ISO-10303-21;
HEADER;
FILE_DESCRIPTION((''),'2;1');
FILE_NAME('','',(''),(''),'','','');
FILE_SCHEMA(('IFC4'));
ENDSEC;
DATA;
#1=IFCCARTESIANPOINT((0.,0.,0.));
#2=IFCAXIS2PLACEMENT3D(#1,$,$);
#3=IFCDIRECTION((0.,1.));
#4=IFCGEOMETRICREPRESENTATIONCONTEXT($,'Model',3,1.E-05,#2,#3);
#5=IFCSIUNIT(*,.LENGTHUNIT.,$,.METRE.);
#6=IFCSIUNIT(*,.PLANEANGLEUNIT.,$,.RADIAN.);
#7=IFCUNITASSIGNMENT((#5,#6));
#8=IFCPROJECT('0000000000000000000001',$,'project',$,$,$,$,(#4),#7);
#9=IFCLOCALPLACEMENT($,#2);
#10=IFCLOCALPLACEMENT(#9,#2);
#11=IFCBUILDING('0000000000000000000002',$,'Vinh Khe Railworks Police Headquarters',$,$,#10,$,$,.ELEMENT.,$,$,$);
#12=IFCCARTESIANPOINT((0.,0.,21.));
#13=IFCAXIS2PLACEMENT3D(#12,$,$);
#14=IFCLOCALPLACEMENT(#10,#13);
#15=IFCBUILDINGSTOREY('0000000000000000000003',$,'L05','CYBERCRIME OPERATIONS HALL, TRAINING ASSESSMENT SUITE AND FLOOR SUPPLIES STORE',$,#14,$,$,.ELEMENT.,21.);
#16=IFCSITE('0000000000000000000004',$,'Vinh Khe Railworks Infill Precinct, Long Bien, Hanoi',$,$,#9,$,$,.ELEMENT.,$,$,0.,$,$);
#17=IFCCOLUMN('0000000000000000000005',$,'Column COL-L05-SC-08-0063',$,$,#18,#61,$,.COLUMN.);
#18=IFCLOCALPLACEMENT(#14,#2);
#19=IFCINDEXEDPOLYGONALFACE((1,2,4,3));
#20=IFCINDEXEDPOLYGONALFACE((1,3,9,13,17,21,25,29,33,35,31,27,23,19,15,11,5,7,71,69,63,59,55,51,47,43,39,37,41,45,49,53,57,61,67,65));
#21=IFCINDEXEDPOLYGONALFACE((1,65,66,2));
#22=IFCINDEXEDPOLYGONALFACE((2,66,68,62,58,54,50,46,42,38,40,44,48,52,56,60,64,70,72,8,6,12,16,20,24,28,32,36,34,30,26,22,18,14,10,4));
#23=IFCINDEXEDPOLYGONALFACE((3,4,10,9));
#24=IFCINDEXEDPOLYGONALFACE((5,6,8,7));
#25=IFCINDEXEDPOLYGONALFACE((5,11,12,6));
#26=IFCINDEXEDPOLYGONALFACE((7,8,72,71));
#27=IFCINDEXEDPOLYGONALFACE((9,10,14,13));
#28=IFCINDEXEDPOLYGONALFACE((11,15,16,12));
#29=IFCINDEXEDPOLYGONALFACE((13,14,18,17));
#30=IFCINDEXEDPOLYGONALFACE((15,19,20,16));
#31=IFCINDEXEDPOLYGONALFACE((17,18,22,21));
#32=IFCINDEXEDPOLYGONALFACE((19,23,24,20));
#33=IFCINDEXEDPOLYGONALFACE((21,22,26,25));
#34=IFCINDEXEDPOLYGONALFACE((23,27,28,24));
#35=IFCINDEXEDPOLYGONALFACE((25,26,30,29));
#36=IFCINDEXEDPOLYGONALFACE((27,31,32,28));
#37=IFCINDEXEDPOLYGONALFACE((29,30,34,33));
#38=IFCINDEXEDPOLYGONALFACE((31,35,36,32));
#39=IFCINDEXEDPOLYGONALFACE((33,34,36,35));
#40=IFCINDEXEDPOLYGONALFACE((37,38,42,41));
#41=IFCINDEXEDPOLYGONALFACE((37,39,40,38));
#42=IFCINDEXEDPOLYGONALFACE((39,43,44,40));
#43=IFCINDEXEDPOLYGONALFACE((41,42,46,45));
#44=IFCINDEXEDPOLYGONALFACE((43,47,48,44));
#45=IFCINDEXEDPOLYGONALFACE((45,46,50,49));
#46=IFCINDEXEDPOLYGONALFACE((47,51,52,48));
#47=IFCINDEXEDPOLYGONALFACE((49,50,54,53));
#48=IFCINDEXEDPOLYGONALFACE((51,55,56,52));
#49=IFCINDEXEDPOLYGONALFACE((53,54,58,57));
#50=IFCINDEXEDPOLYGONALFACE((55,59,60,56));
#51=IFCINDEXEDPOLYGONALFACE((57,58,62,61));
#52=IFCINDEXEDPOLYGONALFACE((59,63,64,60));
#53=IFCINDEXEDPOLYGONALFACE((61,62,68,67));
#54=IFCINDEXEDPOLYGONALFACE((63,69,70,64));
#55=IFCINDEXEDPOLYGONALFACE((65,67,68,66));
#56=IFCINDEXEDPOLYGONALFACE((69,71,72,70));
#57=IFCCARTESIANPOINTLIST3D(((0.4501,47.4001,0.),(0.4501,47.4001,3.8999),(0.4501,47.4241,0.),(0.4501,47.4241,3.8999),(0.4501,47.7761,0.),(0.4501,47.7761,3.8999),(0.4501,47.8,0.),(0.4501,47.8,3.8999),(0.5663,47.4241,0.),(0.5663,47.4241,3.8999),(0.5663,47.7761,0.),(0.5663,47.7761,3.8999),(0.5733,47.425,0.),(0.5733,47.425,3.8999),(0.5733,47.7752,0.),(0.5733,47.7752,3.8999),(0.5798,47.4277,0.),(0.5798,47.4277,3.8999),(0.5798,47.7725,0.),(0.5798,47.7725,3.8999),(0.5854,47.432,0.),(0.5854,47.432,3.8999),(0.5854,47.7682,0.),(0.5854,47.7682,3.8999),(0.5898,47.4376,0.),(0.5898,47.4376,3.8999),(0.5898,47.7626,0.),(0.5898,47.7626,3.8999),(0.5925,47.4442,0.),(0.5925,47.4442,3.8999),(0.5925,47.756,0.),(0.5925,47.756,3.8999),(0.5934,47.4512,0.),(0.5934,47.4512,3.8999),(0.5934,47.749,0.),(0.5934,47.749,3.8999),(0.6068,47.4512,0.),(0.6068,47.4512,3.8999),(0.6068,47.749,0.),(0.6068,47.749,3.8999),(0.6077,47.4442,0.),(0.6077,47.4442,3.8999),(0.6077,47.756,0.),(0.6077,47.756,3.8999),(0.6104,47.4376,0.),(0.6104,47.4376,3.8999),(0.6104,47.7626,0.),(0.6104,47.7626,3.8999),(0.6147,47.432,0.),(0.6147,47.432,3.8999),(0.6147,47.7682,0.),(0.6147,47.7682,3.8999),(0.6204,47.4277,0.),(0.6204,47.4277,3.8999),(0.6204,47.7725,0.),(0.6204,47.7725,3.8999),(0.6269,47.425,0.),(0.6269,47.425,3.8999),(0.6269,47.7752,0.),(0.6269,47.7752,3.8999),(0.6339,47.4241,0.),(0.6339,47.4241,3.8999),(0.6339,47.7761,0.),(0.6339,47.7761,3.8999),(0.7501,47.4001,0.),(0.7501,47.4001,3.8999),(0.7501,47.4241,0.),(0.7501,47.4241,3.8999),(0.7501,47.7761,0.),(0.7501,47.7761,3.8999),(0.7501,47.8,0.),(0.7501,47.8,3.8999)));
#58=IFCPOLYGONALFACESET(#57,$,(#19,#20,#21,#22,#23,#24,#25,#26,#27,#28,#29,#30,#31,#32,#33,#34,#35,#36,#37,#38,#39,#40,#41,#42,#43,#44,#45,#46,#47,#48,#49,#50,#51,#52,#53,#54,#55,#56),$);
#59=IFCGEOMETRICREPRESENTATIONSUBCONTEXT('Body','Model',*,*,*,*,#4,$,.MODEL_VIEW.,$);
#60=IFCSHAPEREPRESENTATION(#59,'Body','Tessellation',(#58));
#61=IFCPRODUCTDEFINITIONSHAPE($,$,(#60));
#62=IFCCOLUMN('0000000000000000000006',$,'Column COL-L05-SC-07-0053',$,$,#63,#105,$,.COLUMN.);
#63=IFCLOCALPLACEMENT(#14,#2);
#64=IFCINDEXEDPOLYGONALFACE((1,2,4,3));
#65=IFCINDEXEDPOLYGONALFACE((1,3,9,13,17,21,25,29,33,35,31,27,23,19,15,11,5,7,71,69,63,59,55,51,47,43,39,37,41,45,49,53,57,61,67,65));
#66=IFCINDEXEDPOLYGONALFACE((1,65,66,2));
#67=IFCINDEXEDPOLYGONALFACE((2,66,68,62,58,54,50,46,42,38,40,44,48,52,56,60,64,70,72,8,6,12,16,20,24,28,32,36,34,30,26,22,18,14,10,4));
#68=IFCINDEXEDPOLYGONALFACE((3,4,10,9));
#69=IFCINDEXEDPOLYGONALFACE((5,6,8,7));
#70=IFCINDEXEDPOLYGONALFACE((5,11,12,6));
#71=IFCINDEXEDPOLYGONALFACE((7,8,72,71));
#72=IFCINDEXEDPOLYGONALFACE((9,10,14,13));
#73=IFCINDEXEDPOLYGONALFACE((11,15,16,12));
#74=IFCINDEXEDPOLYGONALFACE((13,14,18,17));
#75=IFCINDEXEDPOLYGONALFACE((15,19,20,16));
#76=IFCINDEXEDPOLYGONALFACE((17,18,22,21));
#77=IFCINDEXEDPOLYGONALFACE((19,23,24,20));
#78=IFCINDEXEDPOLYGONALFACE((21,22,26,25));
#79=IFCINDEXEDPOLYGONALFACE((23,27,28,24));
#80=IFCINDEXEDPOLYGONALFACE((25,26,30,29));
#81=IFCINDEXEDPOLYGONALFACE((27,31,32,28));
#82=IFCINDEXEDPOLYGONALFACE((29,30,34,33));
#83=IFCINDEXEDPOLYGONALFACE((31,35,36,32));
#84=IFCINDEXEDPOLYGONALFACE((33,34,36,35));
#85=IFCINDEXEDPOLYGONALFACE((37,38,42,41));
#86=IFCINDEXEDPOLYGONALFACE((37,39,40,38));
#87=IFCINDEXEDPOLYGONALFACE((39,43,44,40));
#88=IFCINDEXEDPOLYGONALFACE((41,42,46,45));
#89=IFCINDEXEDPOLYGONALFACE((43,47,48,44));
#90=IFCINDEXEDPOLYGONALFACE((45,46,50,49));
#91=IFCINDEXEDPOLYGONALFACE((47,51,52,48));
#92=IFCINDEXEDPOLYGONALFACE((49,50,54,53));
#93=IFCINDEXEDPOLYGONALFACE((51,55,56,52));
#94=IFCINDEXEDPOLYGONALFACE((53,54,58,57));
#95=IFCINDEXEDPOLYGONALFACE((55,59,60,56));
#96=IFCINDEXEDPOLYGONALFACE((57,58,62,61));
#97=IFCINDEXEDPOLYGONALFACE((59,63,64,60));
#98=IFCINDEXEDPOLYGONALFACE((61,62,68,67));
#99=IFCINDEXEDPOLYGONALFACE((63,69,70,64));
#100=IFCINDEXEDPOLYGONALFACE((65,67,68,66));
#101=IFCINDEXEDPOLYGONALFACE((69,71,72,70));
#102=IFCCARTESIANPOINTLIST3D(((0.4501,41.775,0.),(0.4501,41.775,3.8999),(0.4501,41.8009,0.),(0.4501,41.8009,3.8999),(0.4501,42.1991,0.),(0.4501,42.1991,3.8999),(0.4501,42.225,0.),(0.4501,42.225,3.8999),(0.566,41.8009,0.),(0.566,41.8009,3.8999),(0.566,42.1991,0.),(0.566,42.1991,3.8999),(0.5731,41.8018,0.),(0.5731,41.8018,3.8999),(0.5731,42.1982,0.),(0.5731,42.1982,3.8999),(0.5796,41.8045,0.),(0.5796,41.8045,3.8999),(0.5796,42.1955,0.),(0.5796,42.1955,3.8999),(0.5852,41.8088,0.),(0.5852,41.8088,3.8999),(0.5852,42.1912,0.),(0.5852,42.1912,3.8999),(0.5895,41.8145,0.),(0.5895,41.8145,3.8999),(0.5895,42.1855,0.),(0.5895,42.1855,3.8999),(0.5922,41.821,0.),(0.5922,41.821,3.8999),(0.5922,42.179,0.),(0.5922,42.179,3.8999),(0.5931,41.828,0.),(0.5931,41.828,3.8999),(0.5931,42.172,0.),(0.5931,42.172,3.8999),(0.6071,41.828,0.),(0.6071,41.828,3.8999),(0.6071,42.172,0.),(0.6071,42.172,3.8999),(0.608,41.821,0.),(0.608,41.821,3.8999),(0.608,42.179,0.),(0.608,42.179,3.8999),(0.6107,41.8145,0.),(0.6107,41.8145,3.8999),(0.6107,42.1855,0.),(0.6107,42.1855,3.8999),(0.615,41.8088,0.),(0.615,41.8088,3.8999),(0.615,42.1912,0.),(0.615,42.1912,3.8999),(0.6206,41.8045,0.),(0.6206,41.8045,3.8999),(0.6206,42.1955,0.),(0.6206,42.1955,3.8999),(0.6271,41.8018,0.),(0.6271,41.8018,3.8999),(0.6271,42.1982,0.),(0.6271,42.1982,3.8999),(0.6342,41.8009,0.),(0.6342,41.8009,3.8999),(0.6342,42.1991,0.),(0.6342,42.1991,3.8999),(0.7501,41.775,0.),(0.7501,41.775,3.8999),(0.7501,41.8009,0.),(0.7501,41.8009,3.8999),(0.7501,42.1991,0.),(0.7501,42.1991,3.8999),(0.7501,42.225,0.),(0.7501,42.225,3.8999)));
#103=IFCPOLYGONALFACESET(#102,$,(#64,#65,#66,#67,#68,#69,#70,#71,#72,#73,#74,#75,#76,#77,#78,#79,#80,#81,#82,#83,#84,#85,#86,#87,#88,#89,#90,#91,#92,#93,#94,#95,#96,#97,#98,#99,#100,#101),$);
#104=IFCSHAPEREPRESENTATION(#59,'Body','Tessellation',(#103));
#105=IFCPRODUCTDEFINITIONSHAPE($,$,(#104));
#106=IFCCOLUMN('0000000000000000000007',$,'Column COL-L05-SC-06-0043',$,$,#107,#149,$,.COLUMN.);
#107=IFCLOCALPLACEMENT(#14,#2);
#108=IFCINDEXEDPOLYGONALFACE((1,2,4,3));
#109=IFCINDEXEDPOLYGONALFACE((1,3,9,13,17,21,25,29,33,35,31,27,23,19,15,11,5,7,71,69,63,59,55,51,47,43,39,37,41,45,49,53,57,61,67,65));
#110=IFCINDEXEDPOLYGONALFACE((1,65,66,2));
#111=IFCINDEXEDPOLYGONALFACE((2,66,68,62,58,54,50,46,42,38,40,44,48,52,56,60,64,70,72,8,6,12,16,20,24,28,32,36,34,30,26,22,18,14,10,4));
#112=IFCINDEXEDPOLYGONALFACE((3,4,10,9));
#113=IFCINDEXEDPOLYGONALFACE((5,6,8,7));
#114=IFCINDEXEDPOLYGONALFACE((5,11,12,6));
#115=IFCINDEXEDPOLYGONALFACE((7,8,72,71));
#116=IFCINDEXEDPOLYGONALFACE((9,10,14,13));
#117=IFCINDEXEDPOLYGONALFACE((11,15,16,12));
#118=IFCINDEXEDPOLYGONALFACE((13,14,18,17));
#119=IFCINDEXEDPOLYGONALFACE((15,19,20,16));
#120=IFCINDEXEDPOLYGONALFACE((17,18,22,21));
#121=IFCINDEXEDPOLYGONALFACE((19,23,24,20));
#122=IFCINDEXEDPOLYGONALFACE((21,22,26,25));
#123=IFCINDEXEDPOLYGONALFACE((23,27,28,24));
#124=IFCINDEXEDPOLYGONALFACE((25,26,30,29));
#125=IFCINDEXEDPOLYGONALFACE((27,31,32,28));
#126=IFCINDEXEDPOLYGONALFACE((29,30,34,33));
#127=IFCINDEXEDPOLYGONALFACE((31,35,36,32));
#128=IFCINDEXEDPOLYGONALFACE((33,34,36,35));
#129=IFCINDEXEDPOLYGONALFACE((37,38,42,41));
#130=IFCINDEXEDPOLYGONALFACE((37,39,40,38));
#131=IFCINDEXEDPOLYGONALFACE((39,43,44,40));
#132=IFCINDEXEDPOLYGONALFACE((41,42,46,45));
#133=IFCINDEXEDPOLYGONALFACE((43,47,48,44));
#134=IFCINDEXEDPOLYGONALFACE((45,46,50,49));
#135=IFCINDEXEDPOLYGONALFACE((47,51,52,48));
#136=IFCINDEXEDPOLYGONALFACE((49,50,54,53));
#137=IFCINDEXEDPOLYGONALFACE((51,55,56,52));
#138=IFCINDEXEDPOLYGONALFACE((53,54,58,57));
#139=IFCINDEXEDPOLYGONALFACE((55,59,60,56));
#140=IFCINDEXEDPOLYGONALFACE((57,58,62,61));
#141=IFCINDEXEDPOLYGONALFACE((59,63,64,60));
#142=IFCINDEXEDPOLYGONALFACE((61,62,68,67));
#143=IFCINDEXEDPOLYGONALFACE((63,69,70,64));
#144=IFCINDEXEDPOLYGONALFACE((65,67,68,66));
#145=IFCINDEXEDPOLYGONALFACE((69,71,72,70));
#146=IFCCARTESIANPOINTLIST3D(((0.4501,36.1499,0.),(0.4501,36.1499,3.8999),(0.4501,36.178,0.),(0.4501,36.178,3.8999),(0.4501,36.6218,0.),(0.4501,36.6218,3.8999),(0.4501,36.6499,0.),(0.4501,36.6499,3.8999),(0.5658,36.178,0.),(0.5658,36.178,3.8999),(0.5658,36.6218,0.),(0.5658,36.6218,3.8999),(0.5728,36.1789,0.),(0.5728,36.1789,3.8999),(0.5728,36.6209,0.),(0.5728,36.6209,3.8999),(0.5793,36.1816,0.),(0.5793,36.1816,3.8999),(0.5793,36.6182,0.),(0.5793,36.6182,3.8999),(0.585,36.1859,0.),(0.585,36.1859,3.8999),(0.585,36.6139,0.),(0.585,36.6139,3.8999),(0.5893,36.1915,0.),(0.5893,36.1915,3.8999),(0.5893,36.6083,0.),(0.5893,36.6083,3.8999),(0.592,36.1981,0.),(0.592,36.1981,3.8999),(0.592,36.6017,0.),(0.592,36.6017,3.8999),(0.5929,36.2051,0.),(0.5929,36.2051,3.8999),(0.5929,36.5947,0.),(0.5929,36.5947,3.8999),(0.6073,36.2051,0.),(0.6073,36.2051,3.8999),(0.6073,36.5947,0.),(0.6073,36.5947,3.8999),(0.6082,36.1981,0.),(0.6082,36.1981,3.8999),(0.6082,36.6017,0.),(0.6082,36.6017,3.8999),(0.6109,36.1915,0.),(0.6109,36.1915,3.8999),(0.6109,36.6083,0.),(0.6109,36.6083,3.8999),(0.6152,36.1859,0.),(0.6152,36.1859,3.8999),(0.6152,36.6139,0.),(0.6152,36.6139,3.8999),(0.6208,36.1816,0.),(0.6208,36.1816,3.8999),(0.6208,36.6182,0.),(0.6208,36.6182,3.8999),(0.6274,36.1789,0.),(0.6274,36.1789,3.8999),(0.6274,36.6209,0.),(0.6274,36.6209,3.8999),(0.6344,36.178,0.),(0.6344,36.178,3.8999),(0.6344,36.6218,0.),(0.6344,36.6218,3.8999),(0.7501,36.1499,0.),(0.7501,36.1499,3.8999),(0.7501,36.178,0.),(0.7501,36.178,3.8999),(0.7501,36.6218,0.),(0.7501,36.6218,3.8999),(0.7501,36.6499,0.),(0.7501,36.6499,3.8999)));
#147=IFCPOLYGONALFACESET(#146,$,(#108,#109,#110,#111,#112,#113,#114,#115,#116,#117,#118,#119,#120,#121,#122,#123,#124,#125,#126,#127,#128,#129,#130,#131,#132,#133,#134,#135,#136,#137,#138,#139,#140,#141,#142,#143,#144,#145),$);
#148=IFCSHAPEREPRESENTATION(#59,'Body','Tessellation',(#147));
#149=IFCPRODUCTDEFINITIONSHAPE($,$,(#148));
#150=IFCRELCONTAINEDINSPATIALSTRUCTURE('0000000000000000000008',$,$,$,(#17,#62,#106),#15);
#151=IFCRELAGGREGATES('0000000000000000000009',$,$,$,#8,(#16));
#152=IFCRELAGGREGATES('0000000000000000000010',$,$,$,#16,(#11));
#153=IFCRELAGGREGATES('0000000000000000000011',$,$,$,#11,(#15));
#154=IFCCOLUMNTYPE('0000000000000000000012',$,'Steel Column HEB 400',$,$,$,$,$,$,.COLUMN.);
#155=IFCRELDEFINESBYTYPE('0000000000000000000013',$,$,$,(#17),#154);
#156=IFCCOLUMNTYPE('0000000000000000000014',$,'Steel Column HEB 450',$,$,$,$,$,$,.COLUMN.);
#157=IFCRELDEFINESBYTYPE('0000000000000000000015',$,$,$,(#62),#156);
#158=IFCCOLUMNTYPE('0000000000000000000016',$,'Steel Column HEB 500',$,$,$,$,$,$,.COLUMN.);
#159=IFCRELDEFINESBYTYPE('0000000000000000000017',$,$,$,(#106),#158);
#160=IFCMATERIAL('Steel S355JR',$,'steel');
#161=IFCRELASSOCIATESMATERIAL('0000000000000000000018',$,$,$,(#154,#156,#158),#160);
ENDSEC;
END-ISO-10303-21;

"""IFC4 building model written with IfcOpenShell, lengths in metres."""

from ifc_helpers import new_model, si_unit, direction, frame, origin, origin_2d, place, context, subcontext, project, spatial, i_section, extrude, material, material_profile, profile_set, type_object, element, save


model = new_model("IFC4")

# Units and contexts
model_context = context("Model", 3, precision=1e-05, world=origin(), true_north=direction((0.0, 1.0)))
body_context = subcontext(model_context, "Body", "Model", "MODEL_VIEW")
ifc_project = project(units=[si_unit("LENGTHUNIT", "METRE"), si_unit("PLANEANGLEUNIT", "RADIAN")], contexts=[model_context])

# Site, building, storey
site_placement = place(None, origin())
site = spatial("IfcSite", under=ifc_project, at=site_placement, Name="Vinh Khe Railworks Infill Precinct, Long Bien, Hanoi", CompositionType="ELEMENT", RefElevation=0.0)
building_placement = place(site_placement, origin())
building = spatial("IfcBuilding", under=site, at=building_placement, Name="Vinh Khe Railworks Police Headquarters", CompositionType="ELEMENT")
storey_placement = place(building_placement, frame((0.0, 0.0, 21.0)))
storey = spatial("IfcBuildingStorey", under=building, at=storey_placement, Name="L05", Description="CYBERCRIME OPERATIONS HALL, TRAINING ASSESSMENT SUITE AND FLOOR SUPPLIES STORE", CompositionType="ELEMENT", Elevation=21.0)

# Columns
ifc_material_1 = material(Name="Steel S355JR", Category="steel")
ifc_material_profile_1 = material_profile(ifc_material_1, i_section(OverallWidth=0.3, OverallDepth=0.3999, WebThickness=0.0134, FlangeThickness=0.0239, FilletRadius=0.0271, at=origin_2d()), Name="HEB 400")
ifc_profile_set_1 = profile_set([ifc_material_profile_1], Name="Steel S355JR")
column_type_1 = type_object("IfcColumnType", Name="Steel Column HEB 400", PredefinedType="COLUMN", material=ifc_profile_set_1)
column_1_placement = place(storey_placement, frame((0.6001, 47.6001, 0.0), z_axis=(0.0, 0.0, 1.0), x_axis=(1.0, 0.0, 0.0)))
element("IfcColumn", 1, at=column_1_placement, inside=storey, type_object=column_type_1, Name="Column COL-L05-SC-08-0063", PredefinedType="COLUMN", context=body_context, shape_type="SweptSolid", body=[
    extrude(i_section(OverallWidth=0.3, OverallDepth=0.3999, WebThickness=0.0134, FlangeThickness=0.0239, FilletRadius=0.0271, at=origin_2d()), origin(), (0.0, 0.0, 1.0), 3.8999),
])
ifc_material_profile_2 = material_profile(ifc_material_1, i_section(OverallWidth=0.3, OverallDepth=0.45, WebThickness=0.0139, FlangeThickness=0.0259, FilletRadius=0.0271, at=origin_2d()), Name="HEB 450")
ifc_profile_set_2 = profile_set([ifc_material_profile_2], Name="Steel S355JR")
column_type_2 = type_object("IfcColumnType", Name="Steel Column HEB 450", PredefinedType="COLUMN", material=ifc_profile_set_2)
column_2_placement = place(storey_placement, frame((0.6001, 42.0, 0.0), z_axis=(0.0, 0.0, 1.0), x_axis=(1.0, 0.0, 0.0)))
element("IfcColumn", 2, at=column_2_placement, inside=storey, type_object=column_type_2, Name="Column COL-L05-SC-07-0053", PredefinedType="COLUMN", context=body_context, shape_type="SweptSolid", body=[
    extrude(i_section(OverallWidth=0.3, OverallDepth=0.45, WebThickness=0.0139, FlangeThickness=0.0259, FilletRadius=0.0271, at=origin_2d()), origin(), (0.0, 0.0, 1.0), 3.8999),
])
ifc_material_profile_3 = material_profile(ifc_material_1, i_section(OverallWidth=0.3, OverallDepth=0.5, WebThickness=0.0144, FlangeThickness=0.0281, FilletRadius=0.0271, at=origin_2d()), Name="HEB 500")
ifc_profile_set_3 = profile_set([ifc_material_profile_3], Name="Steel S355JR")
column_type_3 = type_object("IfcColumnType", Name="Steel Column HEB 500", PredefinedType="COLUMN", material=ifc_profile_set_3)
column_3_placement = place(storey_placement, frame((0.6001, 36.3999, 0.0), z_axis=(0.0, 0.0, 1.0), x_axis=(1.0, 0.0, 0.0)))
element("IfcColumn", 3, at=column_3_placement, inside=storey, type_object=column_type_3, Name="Column COL-L05-SC-06-0043", PredefinedType="COLUMN", context=body_context, shape_type="SweptSolid", body=[
    extrude(i_section(OverallWidth=0.3, OverallDepth=0.5, WebThickness=0.0144, FlangeThickness=0.0281, FilletRadius=0.0271, at=origin_2d()), origin(), (0.0, 0.0, 1.0), 3.8999),
])

save(model, "model.ifc")
